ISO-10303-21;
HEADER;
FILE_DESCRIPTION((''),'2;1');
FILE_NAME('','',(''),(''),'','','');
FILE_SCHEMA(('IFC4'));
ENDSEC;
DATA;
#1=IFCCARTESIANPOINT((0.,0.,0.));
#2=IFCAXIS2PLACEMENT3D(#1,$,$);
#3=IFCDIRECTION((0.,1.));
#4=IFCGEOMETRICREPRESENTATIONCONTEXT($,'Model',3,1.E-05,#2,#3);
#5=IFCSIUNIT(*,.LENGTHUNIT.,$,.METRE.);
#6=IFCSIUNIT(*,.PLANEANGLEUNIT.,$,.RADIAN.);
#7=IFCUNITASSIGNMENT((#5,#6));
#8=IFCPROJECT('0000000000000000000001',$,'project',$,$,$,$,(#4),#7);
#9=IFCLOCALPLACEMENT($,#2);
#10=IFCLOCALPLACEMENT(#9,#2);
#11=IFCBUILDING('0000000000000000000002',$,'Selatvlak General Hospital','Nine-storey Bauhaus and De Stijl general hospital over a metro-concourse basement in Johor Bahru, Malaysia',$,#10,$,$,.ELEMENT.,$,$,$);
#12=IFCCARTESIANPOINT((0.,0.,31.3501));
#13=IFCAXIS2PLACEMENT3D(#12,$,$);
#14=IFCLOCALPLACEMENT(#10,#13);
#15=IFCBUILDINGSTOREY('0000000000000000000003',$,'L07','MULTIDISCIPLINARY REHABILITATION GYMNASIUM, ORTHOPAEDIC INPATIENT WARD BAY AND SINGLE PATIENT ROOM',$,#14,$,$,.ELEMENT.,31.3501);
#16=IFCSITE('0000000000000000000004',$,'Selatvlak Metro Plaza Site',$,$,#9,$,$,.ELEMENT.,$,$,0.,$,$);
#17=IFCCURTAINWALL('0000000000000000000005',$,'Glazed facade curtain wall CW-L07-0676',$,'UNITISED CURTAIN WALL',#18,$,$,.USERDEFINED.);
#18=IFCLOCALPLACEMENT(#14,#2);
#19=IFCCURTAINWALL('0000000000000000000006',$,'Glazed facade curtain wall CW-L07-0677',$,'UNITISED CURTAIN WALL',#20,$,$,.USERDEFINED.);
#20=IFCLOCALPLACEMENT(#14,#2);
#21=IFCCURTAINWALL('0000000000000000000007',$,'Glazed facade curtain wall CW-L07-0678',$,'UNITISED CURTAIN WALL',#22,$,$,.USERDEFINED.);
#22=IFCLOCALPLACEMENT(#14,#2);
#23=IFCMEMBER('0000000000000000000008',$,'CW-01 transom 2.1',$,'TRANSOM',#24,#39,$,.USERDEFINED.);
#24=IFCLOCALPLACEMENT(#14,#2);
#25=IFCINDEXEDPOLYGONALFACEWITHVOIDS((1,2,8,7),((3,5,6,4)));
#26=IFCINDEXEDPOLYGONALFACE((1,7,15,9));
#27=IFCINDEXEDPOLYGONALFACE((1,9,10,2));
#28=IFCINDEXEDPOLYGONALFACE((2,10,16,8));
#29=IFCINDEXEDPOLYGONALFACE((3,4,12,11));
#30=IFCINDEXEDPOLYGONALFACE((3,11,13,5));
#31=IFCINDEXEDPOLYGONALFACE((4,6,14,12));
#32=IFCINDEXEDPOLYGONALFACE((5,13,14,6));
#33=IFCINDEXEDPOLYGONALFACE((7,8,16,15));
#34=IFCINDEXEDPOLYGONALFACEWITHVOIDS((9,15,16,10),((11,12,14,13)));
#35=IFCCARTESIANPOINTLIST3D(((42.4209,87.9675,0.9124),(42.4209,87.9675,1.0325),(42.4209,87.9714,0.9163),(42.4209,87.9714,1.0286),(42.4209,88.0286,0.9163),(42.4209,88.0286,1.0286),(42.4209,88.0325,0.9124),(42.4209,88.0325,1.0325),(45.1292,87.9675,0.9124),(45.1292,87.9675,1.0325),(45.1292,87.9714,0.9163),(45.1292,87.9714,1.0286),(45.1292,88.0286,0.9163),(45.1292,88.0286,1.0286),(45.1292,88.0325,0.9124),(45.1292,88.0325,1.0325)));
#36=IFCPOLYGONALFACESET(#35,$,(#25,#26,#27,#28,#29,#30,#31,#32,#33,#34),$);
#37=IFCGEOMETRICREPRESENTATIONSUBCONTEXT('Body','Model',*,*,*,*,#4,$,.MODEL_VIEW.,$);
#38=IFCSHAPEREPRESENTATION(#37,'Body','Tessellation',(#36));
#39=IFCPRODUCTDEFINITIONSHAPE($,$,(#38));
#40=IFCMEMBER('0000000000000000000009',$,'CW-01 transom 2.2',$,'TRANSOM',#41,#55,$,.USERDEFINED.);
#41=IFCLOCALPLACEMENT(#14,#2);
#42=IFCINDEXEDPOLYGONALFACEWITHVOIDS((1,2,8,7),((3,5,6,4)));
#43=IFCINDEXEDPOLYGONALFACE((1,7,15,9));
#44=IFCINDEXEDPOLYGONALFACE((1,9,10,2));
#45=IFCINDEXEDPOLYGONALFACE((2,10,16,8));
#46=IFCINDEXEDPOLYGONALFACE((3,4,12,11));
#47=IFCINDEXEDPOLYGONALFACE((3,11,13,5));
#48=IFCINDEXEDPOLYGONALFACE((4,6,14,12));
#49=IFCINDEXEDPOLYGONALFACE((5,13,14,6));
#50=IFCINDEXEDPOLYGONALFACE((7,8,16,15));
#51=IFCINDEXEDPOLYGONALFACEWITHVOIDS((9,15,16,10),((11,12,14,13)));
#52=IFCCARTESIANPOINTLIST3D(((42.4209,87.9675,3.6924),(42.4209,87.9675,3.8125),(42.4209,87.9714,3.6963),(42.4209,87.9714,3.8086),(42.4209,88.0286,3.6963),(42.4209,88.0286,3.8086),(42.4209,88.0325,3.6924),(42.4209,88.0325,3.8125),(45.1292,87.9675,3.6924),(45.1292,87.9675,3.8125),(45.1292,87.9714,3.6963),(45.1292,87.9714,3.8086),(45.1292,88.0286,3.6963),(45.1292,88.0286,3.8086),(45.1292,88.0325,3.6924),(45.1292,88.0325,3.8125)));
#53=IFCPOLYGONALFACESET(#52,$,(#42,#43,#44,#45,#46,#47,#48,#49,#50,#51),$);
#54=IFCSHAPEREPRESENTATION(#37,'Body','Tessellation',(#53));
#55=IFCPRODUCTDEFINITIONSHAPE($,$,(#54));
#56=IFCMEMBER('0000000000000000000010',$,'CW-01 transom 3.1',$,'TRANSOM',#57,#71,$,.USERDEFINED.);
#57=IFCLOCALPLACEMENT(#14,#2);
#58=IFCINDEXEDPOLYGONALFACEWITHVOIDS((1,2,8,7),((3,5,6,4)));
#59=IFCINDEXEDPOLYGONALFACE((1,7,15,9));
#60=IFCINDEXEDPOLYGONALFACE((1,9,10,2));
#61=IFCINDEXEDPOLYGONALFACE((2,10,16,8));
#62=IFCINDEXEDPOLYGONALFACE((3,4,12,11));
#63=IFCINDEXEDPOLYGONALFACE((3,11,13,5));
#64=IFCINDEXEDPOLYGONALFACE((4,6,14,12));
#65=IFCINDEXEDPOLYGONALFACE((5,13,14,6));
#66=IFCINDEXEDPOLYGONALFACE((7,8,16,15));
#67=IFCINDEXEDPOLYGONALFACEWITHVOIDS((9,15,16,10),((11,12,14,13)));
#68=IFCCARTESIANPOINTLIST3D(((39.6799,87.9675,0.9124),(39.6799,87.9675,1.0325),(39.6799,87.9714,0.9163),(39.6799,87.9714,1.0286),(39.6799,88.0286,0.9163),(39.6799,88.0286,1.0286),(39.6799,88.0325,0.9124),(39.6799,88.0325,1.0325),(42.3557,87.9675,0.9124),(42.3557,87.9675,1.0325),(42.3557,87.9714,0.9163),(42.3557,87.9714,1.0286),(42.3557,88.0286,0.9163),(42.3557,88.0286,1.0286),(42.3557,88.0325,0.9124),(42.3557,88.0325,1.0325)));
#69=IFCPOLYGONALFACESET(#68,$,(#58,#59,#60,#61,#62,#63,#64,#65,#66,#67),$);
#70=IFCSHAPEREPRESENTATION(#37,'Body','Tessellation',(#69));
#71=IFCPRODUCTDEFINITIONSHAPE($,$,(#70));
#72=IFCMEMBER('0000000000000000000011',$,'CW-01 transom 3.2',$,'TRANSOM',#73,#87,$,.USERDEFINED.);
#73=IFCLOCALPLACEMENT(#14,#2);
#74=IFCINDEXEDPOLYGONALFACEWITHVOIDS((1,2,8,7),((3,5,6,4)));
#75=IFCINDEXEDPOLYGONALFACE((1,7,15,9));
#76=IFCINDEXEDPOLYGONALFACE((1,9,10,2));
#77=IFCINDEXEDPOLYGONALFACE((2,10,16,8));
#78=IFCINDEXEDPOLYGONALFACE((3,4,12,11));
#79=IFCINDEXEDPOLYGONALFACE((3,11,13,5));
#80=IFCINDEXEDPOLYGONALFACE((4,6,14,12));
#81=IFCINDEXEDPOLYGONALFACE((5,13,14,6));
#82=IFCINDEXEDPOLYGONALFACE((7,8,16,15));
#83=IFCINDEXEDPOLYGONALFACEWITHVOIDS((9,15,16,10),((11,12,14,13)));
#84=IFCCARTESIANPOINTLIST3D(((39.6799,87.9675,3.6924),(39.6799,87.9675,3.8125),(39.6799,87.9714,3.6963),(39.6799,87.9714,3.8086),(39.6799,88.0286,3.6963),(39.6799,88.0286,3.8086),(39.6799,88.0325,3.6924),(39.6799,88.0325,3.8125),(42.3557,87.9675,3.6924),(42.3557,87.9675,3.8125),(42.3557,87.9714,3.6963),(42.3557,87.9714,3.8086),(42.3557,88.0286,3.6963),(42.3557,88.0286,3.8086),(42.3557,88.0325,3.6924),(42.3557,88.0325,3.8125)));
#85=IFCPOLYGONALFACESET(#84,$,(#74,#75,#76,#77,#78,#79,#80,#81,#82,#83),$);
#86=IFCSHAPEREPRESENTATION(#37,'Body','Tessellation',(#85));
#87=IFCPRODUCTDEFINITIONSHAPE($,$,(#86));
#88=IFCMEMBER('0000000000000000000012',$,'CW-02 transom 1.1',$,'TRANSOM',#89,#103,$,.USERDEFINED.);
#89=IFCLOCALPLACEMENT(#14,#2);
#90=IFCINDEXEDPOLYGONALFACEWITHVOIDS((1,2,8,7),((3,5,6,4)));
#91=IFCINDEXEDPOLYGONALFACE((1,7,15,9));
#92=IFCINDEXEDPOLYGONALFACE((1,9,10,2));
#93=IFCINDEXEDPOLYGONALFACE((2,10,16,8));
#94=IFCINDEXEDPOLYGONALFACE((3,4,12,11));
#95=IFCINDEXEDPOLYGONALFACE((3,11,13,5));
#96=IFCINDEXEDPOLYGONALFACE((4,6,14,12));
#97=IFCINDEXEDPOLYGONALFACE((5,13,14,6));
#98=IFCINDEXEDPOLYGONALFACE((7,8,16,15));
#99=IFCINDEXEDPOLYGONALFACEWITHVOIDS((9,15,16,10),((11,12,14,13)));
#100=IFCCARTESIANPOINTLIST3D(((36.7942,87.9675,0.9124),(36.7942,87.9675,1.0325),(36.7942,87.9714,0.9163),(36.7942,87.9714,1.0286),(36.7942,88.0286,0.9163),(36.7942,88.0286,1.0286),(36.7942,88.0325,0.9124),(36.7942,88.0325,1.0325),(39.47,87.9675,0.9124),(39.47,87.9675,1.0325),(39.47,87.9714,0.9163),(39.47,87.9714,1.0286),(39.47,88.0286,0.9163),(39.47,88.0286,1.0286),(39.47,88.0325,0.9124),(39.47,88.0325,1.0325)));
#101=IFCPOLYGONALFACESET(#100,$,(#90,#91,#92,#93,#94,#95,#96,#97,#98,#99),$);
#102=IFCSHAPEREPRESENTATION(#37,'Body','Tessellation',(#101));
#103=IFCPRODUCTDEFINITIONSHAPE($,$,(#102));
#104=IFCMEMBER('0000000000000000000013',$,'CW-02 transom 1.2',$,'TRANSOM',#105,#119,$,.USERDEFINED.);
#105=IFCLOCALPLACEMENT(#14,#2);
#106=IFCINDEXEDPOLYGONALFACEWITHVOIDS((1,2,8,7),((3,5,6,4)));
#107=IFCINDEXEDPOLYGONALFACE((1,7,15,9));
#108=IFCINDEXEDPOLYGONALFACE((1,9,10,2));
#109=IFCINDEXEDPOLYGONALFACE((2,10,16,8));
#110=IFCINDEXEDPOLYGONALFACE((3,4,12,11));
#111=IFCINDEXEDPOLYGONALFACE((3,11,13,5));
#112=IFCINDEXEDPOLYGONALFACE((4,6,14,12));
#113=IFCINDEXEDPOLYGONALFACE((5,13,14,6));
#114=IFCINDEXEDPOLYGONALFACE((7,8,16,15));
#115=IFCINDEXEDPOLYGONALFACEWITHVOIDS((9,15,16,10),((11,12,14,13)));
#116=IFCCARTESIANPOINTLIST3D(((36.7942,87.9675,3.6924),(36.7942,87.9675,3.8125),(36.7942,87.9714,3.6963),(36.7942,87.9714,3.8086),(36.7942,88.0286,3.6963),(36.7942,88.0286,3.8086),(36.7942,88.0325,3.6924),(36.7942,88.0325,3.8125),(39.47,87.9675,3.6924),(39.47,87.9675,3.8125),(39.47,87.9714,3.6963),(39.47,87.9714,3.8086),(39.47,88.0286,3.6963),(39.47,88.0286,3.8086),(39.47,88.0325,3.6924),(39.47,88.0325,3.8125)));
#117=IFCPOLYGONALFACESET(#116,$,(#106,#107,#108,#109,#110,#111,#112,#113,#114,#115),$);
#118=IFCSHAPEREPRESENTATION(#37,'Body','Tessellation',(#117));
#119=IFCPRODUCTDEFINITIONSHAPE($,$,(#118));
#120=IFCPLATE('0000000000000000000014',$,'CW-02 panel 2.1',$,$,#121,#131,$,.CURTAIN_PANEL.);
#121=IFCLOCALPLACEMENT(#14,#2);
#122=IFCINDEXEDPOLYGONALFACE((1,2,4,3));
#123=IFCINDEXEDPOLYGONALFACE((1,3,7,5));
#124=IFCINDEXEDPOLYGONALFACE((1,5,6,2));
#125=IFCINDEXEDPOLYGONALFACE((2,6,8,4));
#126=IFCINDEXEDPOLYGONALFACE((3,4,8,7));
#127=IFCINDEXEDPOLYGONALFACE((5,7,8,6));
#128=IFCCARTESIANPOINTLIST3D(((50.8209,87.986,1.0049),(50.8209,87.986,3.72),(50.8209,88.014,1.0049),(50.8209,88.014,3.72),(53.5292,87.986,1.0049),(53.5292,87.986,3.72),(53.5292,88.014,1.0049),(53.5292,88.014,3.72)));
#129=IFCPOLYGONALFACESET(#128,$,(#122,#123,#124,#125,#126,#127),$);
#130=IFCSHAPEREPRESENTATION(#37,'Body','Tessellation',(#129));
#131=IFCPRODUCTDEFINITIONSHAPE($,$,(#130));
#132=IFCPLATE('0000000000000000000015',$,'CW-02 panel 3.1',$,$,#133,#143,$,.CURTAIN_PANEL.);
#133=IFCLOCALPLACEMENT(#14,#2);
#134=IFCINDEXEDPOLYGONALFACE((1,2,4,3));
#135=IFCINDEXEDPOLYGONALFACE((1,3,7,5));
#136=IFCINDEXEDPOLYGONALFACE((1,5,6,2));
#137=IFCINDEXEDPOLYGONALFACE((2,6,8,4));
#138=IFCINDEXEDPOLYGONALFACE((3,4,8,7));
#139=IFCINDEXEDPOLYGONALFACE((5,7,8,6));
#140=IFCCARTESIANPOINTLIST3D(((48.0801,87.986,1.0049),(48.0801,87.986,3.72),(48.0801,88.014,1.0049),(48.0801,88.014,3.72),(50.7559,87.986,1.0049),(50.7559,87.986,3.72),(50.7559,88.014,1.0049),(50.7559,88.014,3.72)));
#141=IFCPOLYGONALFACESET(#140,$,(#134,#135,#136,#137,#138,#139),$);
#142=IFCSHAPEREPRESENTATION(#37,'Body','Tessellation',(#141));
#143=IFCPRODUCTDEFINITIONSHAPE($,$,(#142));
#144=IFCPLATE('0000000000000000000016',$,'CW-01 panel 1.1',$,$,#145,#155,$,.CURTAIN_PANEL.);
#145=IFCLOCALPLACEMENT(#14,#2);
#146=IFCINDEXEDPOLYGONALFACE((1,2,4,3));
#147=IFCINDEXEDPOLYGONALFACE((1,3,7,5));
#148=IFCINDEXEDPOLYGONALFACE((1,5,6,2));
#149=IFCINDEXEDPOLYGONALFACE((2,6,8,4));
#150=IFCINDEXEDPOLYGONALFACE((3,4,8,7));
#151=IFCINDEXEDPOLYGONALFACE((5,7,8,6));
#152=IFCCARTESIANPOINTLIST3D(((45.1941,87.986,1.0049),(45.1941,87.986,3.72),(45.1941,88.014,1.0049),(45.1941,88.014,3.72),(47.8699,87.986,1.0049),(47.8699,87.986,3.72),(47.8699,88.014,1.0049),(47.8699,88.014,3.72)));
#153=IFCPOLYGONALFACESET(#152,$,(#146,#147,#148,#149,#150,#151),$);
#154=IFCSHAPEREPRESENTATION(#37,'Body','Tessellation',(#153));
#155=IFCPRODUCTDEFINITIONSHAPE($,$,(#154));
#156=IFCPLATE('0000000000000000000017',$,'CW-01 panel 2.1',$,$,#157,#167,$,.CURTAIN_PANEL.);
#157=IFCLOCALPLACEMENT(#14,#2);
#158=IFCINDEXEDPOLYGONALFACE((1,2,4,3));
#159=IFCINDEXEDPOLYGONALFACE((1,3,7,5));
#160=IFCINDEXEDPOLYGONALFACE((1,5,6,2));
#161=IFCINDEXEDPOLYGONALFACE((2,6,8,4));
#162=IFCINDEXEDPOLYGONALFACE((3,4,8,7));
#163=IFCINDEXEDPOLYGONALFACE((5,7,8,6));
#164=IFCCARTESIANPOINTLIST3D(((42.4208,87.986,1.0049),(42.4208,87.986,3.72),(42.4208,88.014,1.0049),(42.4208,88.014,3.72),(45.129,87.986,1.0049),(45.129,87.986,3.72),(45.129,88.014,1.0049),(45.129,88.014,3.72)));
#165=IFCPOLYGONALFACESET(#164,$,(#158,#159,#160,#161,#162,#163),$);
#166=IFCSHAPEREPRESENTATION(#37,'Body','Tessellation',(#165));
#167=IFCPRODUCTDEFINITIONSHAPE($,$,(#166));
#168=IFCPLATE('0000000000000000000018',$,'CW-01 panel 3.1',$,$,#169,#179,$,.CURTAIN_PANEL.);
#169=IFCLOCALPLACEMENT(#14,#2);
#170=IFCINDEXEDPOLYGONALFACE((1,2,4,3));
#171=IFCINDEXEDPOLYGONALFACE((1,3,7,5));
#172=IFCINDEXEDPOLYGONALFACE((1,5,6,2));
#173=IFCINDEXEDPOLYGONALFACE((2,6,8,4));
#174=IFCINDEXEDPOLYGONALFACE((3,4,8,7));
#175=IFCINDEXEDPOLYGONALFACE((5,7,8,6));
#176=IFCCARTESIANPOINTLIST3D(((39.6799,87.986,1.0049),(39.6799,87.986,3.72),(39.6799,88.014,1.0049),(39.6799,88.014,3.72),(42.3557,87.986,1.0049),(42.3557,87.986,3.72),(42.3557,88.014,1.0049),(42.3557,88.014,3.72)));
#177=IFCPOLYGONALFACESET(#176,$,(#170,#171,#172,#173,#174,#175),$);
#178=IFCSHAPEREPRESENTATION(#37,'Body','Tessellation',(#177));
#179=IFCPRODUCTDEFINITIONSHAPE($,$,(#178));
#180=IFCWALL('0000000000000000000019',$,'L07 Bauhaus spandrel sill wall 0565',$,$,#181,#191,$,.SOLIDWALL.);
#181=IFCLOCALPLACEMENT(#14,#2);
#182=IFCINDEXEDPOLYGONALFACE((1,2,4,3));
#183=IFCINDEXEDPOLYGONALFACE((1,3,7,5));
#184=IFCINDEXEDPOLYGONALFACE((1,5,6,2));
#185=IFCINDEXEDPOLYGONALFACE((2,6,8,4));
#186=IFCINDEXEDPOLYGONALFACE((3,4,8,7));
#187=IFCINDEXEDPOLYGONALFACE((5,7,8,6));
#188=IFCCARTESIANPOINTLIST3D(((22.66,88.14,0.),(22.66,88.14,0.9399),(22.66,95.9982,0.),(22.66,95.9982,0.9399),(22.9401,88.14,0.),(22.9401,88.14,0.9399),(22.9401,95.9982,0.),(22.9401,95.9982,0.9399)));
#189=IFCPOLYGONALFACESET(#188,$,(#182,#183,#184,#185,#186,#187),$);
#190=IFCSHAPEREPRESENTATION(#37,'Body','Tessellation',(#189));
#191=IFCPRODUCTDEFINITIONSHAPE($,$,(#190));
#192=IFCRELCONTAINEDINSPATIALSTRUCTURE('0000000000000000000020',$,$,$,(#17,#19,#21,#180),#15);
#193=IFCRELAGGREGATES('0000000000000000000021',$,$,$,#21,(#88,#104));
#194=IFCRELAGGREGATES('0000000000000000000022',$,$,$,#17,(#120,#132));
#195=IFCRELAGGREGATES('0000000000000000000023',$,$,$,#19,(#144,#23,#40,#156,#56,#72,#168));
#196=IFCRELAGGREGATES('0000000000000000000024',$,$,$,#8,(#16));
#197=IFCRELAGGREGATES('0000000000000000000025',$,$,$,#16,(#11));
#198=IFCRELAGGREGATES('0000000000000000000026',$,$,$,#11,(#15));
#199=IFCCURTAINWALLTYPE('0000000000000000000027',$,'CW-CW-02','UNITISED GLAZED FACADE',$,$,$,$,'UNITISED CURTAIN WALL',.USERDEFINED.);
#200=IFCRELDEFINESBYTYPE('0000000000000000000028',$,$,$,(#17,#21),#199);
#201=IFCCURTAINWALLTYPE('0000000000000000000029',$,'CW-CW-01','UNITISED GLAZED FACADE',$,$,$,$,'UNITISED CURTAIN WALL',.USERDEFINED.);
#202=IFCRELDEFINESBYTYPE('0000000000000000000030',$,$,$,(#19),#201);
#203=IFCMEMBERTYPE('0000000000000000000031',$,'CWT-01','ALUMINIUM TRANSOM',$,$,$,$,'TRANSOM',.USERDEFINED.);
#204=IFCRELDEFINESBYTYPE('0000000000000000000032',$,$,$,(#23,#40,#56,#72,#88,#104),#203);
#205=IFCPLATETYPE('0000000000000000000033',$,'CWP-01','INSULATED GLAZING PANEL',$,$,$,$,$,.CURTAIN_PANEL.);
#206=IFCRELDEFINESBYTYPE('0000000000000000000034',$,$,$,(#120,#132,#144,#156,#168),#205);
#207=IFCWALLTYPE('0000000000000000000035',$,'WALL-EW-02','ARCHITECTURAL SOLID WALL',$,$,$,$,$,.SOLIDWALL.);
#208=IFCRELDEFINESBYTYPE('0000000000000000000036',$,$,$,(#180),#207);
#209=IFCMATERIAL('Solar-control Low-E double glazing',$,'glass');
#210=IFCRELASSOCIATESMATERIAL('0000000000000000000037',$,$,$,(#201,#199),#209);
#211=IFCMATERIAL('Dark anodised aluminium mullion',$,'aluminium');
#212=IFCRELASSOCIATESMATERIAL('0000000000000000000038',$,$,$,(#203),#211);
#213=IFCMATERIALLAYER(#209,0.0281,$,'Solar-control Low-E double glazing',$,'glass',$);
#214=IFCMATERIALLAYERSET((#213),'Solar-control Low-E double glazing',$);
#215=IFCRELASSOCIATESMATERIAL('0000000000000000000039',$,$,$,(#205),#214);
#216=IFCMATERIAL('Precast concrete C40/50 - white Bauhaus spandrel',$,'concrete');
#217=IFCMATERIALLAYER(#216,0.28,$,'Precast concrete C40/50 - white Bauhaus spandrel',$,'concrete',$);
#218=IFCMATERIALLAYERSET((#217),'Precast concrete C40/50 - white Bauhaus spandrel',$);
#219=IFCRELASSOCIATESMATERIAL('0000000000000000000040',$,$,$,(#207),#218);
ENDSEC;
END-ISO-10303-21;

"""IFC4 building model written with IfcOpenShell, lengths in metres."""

from ifc_helpers import new_model, si_unit, direction, frame, frame_2d, origin, origin_2d, place, context, subcontext, project, spatial, rectangle, hollow_rectangle, extrude, material, layer, layer_set, material_profile, profile_set, type_object, element, aggregate, save


model = new_model("IFC4")

# Units and contexts
model_context = context("Model", 3, precision=1e-05, world=origin(), true_north=direction((0.0, 1.0)))
body_context = subcontext(model_context, "Body", "Model", "MODEL_VIEW")
ifc_project = project(units=[si_unit("LENGTHUNIT", "METRE"), si_unit("PLANEANGLEUNIT", "RADIAN")], contexts=[model_context])

# Site, building, storey
site_placement = place(None, origin())
site = spatial("IfcSite", under=ifc_project, at=site_placement, Name="Selatvlak Metro Plaza Site", CompositionType="ELEMENT", RefElevation=0.0)
building_placement = place(site_placement, origin())
building = spatial("IfcBuilding", under=site, at=building_placement, Name="Selatvlak General Hospital", Description="Nine-storey Bauhaus and De Stijl general hospital over a metro-concourse basement in Johor Bahru, Malaysia", CompositionType="ELEMENT")
storey_placement = place(building_placement, frame((0.0, 0.0, 31.3501)))
storey = spatial("IfcBuildingStorey", under=building, at=storey_placement, Name="L07", Description="MULTIDISCIPLINARY REHABILITATION GYMNASIUM, ORTHOPAEDIC INPATIENT WARD BAY AND SINGLE PATIENT ROOM", CompositionType="ELEMENT", Elevation=31.3501)

# Shared definitions
ifc_material_1 = material(Name="Solar-control Low-E double glazing", Category="glass")
curtain_wall_type_1 = type_object("IfcCurtainWallType", Name="CW-CW-01", Description="UNITISED GLAZED FACADE", ElementType="UNITISED CURTAIN WALL", PredefinedType="USERDEFINED", material=ifc_material_1)
ifc_material_2 = material(Name="Dark anodised aluminium mullion", Category="aluminium")

# Curtain walls
curtain_wall_type_2 = type_object("IfcCurtainWallType", Name="CW-CW-02", Description="UNITISED GLAZED FACADE", ElementType="UNITISED CURTAIN WALL", PredefinedType="USERDEFINED", material=ifc_material_1)
curtain_wall_1_placement = place(storey_placement, origin())
curtain_wall_1 = element("IfcCurtainWall", 1, at=curtain_wall_1_placement, inside=storey, type_object=curtain_wall_type_2, Name="Glazed facade curtain wall CW-L07-0676", ObjectType="UNITISED CURTAIN WALL", PredefinedType="USERDEFINED")
curtain_wall_2_placement = place(storey_placement, origin())
curtain_wall_2 = element("IfcCurtainWall", 2, at=curtain_wall_2_placement, inside=storey, type_object=curtain_wall_type_1, Name="Glazed facade curtain wall CW-L07-0677", ObjectType="UNITISED CURTAIN WALL", PredefinedType="USERDEFINED")

# Curtain wall
curtain_wall_3_placement = place(storey_placement, origin())
curtain_wall_3 = element("IfcCurtainWall", 3, at=curtain_wall_3_placement, inside=storey, type_object=curtain_wall_type_2, Name="Glazed facade curtain wall CW-L07-0678", ObjectType="UNITISED CURTAIN WALL", PredefinedType="USERDEFINED")

# Members
ifc_material_profile_1 = material_profile(ifc_material_2, hollow_rectangle(XDim=0.0649, YDim=0.1201, WallThickness=0.0039, at=origin_2d()), Name="AL-TRN 65x120x4")
ifc_profile_set_1 = profile_set([ifc_material_profile_1], Name="Dark anodised aluminium mullion")
member_type_1 = type_object("IfcMemberType", Name="CWT-01", Description="ALUMINIUM TRANSOM", ElementType="TRANSOM", PredefinedType="USERDEFINED", material=ifc_profile_set_1)
member_1_placement = place(storey_placement, frame((45.1292, 88.0, 0.9724), z_axis=(-1.0, 0.0, 0.0), x_axis=(0.0, -1.0, 0.0)))
member_1 = element("IfcMember", 4, at=member_1_placement, type_object=member_type_1, Name="CW-01 transom 2.1", ObjectType="TRANSOM", PredefinedType="USERDEFINED", context=body_context, shape_type="SweptSolid", body=[
    extrude(hollow_rectangle(XDim=0.0649, YDim=0.1201, WallThickness=0.0039, at=origin_2d()), origin(), (0.0, 0.0, 1.0), 2.7083),
])
member_2_placement = place(storey_placement, frame((45.1292, 88.0, 3.7524), z_axis=(-1.0, 0.0, 0.0), x_axis=(0.0, -1.0, 0.0)))
member_2 = element("IfcMember", 5, at=member_2_placement, type_object=member_type_1, Name="CW-01 transom 2.2", ObjectType="TRANSOM", PredefinedType="USERDEFINED", context=body_context, shape_type="SweptSolid", body=[
    extrude(hollow_rectangle(XDim=0.0649, YDim=0.1201, WallThickness=0.0039, at=origin_2d()), origin(), (0.0, 0.0, 1.0), 2.7083),
])
member_3_placement = place(storey_placement, frame((42.3557, 88.0, 0.9724), z_axis=(-1.0, 0.0, 0.0), x_axis=(0.0, -1.0, 0.0)))
member_3 = element("IfcMember", 6, at=member_3_placement, type_object=member_type_1, Name="CW-01 transom 3.1", ObjectType="TRANSOM", PredefinedType="USERDEFINED", context=body_context, shape_type="SweptSolid", body=[
    extrude(hollow_rectangle(XDim=0.0649, YDim=0.1201, WallThickness=0.0039, at=origin_2d()), origin(), (0.0, 0.0, 1.0), 2.6758),
])
member_4_placement = place(storey_placement, frame((42.3557, 88.0, 3.7524), z_axis=(-1.0, 0.0, 0.0), x_axis=(0.0, -1.0, 0.0)))
member_4 = element("IfcMember", 7, at=member_4_placement, type_object=member_type_1, Name="CW-01 transom 3.2", ObjectType="TRANSOM", PredefinedType="USERDEFINED", context=body_context, shape_type="SweptSolid", body=[
    extrude(hollow_rectangle(XDim=0.0649, YDim=0.1201, WallThickness=0.0039, at=origin_2d()), origin(), (0.0, 0.0, 1.0), 2.6758),
])
member_5_placement = place(storey_placement, frame((39.47, 88.0, 0.9724), z_axis=(-1.0, 0.0, 0.0), x_axis=(0.0, -1.0, 0.0)))
member_5 = element("IfcMember", 8, at=member_5_placement, type_object=member_type_1, Name="CW-02 transom 1.1", ObjectType="TRANSOM", PredefinedType="USERDEFINED", context=body_context, shape_type="SweptSolid", body=[
    extrude(hollow_rectangle(XDim=0.0649, YDim=0.1201, WallThickness=0.0039, at=origin_2d()), origin(), (0.0, 0.0, 1.0), 2.6758),
])
member_6_placement = place(storey_placement, frame((39.47, 88.0, 3.7524), z_axis=(-1.0, 0.0, 0.0), x_axis=(0.0, -1.0, 0.0)))
member_6 = element("IfcMember", 9, at=member_6_placement, type_object=member_type_1, Name="CW-02 transom 1.2", ObjectType="TRANSOM", PredefinedType="USERDEFINED", context=body_context, shape_type="SweptSolid", body=[
    extrude(hollow_rectangle(XDim=0.0649, YDim=0.1201, WallThickness=0.0039, at=origin_2d()), origin(), (0.0, 0.0, 1.0), 2.6758),
])
aggregate(curtain_wall_3, [member_5, member_6])

# Plates
ifc_layer_1 = layer(ifc_material_1, 0.0281, Name="Solar-control Low-E double glazing", Category="glass")
ifc_layer_set_1 = layer_set([ifc_layer_1], Name="Solar-control Low-E double glazing")
plate_type = type_object("IfcPlateType", Name="CWP-01", Description="INSULATED GLAZING PANEL", PredefinedType="CURTAIN_PANEL", material=ifc_layer_set_1)
plate_1_placement = place(storey_placement, frame((52.175, 88.0, 1.0049), z_axis=(0.0, 0.0, 1.0), x_axis=(-1.0, 0.0, 0.0)))
plate_1 = element("IfcPlate", 10, at=plate_1_placement, type_object=plate_type, Name="CW-02 panel 2.1", PredefinedType="CURTAIN_PANEL", context=body_context, shape_type="SweptSolid", body=[
    extrude(rectangle(XDim=2.7083, YDim=0.0281, at=origin_2d()), origin(), (0.0, 0.0, 1.0), 2.7151),
])
plate_2_placement = place(storey_placement, frame((49.418, 88.0, 1.0049), z_axis=(0.0, 0.0, 1.0), x_axis=(-1.0, 0.0, 0.0)))
plate_2 = element("IfcPlate", 11, at=plate_2_placement, type_object=plate_type, Name="CW-02 panel 3.1", PredefinedType="CURTAIN_PANEL", context=body_context, shape_type="SweptSolid", body=[
    extrude(rectangle(XDim=2.6758, YDim=0.0281, at=origin_2d()), origin(), (0.0, 0.0, 1.0), 2.7151),
])
aggregate(curtain_wall_1, [plate_1, plate_2])
plate_3_placement = place(storey_placement, frame((46.532, 88.0, 1.0049), z_axis=(0.0, 0.0, 1.0), x_axis=(-1.0, 0.0, 0.0)))
plate_3 = element("IfcPlate", 12, at=plate_3_placement, type_object=plate_type, Name="CW-01 panel 1.1", PredefinedType="CURTAIN_PANEL", context=body_context, shape_type="SweptSolid", body=[
    extrude(rectangle(XDim=2.6758, YDim=0.0281, at=origin_2d()), origin(), (0.0, 0.0, 1.0), 2.7151),
])
plate_4_placement = place(storey_placement, frame((43.7749, 88.0, 1.0049), z_axis=(0.0, 0.0, 1.0), x_axis=(-1.0, 0.0, 0.0)))
plate_4 = element("IfcPlate", 13, at=plate_4_placement, type_object=plate_type, Name="CW-01 panel 2.1", PredefinedType="CURTAIN_PANEL", context=body_context, shape_type="SweptSolid", body=[
    extrude(rectangle(XDim=2.7083, YDim=0.0281, at=origin_2d()), origin(), (0.0, 0.0, 1.0), 2.7151),
])
plate_5_placement = place(storey_placement, frame((41.0178, 88.0, 1.0049), z_axis=(0.0, 0.0, 1.0), x_axis=(-1.0, 0.0, 0.0)))
plate_5 = element("IfcPlate", 14, at=plate_5_placement, type_object=plate_type, Name="CW-01 panel 3.1", PredefinedType="CURTAIN_PANEL", context=body_context, shape_type="SweptSolid", body=[
    extrude(rectangle(XDim=2.6758, YDim=0.0281, at=origin_2d()), origin(), (0.0, 0.0, 1.0), 2.7151),
])
aggregate(curtain_wall_2, [plate_3, member_1, member_2, plate_4, member_3, member_4, plate_5])

# Wall
ifc_material_3 = material(Name="Precast concrete C40/50 - white Bauhaus spandrel", Category="concrete")
ifc_layer_2 = layer(ifc_material_3, 0.28, Name="Precast concrete C40/50 - white Bauhaus spandrel", Category="concrete")
ifc_layer_set_2 = layer_set([ifc_layer_2], Name="Precast concrete C40/50 - white Bauhaus spandrel")
wall_type_1 = type_object("IfcWallType", Name="WALL-EW-02", Description="ARCHITECTURAL SOLID WALL", PredefinedType="SOLIDWALL", material=ifc_layer_set_2)
wall_1_placement = place(storey_placement, frame((22.8, 88.1399, 0.0), z_axis=(0.0, 0.0, 1.0), x_axis=(0.0, 1.0, 0.0)))
element("IfcWall", 15, at=wall_1_placement, inside=storey, type_object=wall_type_1, Name="L07 Bauhaus spandrel sill wall 0565", PredefinedType="SOLIDWALL", context=body_context, shape_type="SweptSolid", body=[
    extrude(rectangle(XDim=7.8582, YDim=0.28, at=frame_2d((3.9292, 0.0))), origin(), (0.0, 0.0, 1.0), 0.9399),
])

save(model, "model.ifc")
